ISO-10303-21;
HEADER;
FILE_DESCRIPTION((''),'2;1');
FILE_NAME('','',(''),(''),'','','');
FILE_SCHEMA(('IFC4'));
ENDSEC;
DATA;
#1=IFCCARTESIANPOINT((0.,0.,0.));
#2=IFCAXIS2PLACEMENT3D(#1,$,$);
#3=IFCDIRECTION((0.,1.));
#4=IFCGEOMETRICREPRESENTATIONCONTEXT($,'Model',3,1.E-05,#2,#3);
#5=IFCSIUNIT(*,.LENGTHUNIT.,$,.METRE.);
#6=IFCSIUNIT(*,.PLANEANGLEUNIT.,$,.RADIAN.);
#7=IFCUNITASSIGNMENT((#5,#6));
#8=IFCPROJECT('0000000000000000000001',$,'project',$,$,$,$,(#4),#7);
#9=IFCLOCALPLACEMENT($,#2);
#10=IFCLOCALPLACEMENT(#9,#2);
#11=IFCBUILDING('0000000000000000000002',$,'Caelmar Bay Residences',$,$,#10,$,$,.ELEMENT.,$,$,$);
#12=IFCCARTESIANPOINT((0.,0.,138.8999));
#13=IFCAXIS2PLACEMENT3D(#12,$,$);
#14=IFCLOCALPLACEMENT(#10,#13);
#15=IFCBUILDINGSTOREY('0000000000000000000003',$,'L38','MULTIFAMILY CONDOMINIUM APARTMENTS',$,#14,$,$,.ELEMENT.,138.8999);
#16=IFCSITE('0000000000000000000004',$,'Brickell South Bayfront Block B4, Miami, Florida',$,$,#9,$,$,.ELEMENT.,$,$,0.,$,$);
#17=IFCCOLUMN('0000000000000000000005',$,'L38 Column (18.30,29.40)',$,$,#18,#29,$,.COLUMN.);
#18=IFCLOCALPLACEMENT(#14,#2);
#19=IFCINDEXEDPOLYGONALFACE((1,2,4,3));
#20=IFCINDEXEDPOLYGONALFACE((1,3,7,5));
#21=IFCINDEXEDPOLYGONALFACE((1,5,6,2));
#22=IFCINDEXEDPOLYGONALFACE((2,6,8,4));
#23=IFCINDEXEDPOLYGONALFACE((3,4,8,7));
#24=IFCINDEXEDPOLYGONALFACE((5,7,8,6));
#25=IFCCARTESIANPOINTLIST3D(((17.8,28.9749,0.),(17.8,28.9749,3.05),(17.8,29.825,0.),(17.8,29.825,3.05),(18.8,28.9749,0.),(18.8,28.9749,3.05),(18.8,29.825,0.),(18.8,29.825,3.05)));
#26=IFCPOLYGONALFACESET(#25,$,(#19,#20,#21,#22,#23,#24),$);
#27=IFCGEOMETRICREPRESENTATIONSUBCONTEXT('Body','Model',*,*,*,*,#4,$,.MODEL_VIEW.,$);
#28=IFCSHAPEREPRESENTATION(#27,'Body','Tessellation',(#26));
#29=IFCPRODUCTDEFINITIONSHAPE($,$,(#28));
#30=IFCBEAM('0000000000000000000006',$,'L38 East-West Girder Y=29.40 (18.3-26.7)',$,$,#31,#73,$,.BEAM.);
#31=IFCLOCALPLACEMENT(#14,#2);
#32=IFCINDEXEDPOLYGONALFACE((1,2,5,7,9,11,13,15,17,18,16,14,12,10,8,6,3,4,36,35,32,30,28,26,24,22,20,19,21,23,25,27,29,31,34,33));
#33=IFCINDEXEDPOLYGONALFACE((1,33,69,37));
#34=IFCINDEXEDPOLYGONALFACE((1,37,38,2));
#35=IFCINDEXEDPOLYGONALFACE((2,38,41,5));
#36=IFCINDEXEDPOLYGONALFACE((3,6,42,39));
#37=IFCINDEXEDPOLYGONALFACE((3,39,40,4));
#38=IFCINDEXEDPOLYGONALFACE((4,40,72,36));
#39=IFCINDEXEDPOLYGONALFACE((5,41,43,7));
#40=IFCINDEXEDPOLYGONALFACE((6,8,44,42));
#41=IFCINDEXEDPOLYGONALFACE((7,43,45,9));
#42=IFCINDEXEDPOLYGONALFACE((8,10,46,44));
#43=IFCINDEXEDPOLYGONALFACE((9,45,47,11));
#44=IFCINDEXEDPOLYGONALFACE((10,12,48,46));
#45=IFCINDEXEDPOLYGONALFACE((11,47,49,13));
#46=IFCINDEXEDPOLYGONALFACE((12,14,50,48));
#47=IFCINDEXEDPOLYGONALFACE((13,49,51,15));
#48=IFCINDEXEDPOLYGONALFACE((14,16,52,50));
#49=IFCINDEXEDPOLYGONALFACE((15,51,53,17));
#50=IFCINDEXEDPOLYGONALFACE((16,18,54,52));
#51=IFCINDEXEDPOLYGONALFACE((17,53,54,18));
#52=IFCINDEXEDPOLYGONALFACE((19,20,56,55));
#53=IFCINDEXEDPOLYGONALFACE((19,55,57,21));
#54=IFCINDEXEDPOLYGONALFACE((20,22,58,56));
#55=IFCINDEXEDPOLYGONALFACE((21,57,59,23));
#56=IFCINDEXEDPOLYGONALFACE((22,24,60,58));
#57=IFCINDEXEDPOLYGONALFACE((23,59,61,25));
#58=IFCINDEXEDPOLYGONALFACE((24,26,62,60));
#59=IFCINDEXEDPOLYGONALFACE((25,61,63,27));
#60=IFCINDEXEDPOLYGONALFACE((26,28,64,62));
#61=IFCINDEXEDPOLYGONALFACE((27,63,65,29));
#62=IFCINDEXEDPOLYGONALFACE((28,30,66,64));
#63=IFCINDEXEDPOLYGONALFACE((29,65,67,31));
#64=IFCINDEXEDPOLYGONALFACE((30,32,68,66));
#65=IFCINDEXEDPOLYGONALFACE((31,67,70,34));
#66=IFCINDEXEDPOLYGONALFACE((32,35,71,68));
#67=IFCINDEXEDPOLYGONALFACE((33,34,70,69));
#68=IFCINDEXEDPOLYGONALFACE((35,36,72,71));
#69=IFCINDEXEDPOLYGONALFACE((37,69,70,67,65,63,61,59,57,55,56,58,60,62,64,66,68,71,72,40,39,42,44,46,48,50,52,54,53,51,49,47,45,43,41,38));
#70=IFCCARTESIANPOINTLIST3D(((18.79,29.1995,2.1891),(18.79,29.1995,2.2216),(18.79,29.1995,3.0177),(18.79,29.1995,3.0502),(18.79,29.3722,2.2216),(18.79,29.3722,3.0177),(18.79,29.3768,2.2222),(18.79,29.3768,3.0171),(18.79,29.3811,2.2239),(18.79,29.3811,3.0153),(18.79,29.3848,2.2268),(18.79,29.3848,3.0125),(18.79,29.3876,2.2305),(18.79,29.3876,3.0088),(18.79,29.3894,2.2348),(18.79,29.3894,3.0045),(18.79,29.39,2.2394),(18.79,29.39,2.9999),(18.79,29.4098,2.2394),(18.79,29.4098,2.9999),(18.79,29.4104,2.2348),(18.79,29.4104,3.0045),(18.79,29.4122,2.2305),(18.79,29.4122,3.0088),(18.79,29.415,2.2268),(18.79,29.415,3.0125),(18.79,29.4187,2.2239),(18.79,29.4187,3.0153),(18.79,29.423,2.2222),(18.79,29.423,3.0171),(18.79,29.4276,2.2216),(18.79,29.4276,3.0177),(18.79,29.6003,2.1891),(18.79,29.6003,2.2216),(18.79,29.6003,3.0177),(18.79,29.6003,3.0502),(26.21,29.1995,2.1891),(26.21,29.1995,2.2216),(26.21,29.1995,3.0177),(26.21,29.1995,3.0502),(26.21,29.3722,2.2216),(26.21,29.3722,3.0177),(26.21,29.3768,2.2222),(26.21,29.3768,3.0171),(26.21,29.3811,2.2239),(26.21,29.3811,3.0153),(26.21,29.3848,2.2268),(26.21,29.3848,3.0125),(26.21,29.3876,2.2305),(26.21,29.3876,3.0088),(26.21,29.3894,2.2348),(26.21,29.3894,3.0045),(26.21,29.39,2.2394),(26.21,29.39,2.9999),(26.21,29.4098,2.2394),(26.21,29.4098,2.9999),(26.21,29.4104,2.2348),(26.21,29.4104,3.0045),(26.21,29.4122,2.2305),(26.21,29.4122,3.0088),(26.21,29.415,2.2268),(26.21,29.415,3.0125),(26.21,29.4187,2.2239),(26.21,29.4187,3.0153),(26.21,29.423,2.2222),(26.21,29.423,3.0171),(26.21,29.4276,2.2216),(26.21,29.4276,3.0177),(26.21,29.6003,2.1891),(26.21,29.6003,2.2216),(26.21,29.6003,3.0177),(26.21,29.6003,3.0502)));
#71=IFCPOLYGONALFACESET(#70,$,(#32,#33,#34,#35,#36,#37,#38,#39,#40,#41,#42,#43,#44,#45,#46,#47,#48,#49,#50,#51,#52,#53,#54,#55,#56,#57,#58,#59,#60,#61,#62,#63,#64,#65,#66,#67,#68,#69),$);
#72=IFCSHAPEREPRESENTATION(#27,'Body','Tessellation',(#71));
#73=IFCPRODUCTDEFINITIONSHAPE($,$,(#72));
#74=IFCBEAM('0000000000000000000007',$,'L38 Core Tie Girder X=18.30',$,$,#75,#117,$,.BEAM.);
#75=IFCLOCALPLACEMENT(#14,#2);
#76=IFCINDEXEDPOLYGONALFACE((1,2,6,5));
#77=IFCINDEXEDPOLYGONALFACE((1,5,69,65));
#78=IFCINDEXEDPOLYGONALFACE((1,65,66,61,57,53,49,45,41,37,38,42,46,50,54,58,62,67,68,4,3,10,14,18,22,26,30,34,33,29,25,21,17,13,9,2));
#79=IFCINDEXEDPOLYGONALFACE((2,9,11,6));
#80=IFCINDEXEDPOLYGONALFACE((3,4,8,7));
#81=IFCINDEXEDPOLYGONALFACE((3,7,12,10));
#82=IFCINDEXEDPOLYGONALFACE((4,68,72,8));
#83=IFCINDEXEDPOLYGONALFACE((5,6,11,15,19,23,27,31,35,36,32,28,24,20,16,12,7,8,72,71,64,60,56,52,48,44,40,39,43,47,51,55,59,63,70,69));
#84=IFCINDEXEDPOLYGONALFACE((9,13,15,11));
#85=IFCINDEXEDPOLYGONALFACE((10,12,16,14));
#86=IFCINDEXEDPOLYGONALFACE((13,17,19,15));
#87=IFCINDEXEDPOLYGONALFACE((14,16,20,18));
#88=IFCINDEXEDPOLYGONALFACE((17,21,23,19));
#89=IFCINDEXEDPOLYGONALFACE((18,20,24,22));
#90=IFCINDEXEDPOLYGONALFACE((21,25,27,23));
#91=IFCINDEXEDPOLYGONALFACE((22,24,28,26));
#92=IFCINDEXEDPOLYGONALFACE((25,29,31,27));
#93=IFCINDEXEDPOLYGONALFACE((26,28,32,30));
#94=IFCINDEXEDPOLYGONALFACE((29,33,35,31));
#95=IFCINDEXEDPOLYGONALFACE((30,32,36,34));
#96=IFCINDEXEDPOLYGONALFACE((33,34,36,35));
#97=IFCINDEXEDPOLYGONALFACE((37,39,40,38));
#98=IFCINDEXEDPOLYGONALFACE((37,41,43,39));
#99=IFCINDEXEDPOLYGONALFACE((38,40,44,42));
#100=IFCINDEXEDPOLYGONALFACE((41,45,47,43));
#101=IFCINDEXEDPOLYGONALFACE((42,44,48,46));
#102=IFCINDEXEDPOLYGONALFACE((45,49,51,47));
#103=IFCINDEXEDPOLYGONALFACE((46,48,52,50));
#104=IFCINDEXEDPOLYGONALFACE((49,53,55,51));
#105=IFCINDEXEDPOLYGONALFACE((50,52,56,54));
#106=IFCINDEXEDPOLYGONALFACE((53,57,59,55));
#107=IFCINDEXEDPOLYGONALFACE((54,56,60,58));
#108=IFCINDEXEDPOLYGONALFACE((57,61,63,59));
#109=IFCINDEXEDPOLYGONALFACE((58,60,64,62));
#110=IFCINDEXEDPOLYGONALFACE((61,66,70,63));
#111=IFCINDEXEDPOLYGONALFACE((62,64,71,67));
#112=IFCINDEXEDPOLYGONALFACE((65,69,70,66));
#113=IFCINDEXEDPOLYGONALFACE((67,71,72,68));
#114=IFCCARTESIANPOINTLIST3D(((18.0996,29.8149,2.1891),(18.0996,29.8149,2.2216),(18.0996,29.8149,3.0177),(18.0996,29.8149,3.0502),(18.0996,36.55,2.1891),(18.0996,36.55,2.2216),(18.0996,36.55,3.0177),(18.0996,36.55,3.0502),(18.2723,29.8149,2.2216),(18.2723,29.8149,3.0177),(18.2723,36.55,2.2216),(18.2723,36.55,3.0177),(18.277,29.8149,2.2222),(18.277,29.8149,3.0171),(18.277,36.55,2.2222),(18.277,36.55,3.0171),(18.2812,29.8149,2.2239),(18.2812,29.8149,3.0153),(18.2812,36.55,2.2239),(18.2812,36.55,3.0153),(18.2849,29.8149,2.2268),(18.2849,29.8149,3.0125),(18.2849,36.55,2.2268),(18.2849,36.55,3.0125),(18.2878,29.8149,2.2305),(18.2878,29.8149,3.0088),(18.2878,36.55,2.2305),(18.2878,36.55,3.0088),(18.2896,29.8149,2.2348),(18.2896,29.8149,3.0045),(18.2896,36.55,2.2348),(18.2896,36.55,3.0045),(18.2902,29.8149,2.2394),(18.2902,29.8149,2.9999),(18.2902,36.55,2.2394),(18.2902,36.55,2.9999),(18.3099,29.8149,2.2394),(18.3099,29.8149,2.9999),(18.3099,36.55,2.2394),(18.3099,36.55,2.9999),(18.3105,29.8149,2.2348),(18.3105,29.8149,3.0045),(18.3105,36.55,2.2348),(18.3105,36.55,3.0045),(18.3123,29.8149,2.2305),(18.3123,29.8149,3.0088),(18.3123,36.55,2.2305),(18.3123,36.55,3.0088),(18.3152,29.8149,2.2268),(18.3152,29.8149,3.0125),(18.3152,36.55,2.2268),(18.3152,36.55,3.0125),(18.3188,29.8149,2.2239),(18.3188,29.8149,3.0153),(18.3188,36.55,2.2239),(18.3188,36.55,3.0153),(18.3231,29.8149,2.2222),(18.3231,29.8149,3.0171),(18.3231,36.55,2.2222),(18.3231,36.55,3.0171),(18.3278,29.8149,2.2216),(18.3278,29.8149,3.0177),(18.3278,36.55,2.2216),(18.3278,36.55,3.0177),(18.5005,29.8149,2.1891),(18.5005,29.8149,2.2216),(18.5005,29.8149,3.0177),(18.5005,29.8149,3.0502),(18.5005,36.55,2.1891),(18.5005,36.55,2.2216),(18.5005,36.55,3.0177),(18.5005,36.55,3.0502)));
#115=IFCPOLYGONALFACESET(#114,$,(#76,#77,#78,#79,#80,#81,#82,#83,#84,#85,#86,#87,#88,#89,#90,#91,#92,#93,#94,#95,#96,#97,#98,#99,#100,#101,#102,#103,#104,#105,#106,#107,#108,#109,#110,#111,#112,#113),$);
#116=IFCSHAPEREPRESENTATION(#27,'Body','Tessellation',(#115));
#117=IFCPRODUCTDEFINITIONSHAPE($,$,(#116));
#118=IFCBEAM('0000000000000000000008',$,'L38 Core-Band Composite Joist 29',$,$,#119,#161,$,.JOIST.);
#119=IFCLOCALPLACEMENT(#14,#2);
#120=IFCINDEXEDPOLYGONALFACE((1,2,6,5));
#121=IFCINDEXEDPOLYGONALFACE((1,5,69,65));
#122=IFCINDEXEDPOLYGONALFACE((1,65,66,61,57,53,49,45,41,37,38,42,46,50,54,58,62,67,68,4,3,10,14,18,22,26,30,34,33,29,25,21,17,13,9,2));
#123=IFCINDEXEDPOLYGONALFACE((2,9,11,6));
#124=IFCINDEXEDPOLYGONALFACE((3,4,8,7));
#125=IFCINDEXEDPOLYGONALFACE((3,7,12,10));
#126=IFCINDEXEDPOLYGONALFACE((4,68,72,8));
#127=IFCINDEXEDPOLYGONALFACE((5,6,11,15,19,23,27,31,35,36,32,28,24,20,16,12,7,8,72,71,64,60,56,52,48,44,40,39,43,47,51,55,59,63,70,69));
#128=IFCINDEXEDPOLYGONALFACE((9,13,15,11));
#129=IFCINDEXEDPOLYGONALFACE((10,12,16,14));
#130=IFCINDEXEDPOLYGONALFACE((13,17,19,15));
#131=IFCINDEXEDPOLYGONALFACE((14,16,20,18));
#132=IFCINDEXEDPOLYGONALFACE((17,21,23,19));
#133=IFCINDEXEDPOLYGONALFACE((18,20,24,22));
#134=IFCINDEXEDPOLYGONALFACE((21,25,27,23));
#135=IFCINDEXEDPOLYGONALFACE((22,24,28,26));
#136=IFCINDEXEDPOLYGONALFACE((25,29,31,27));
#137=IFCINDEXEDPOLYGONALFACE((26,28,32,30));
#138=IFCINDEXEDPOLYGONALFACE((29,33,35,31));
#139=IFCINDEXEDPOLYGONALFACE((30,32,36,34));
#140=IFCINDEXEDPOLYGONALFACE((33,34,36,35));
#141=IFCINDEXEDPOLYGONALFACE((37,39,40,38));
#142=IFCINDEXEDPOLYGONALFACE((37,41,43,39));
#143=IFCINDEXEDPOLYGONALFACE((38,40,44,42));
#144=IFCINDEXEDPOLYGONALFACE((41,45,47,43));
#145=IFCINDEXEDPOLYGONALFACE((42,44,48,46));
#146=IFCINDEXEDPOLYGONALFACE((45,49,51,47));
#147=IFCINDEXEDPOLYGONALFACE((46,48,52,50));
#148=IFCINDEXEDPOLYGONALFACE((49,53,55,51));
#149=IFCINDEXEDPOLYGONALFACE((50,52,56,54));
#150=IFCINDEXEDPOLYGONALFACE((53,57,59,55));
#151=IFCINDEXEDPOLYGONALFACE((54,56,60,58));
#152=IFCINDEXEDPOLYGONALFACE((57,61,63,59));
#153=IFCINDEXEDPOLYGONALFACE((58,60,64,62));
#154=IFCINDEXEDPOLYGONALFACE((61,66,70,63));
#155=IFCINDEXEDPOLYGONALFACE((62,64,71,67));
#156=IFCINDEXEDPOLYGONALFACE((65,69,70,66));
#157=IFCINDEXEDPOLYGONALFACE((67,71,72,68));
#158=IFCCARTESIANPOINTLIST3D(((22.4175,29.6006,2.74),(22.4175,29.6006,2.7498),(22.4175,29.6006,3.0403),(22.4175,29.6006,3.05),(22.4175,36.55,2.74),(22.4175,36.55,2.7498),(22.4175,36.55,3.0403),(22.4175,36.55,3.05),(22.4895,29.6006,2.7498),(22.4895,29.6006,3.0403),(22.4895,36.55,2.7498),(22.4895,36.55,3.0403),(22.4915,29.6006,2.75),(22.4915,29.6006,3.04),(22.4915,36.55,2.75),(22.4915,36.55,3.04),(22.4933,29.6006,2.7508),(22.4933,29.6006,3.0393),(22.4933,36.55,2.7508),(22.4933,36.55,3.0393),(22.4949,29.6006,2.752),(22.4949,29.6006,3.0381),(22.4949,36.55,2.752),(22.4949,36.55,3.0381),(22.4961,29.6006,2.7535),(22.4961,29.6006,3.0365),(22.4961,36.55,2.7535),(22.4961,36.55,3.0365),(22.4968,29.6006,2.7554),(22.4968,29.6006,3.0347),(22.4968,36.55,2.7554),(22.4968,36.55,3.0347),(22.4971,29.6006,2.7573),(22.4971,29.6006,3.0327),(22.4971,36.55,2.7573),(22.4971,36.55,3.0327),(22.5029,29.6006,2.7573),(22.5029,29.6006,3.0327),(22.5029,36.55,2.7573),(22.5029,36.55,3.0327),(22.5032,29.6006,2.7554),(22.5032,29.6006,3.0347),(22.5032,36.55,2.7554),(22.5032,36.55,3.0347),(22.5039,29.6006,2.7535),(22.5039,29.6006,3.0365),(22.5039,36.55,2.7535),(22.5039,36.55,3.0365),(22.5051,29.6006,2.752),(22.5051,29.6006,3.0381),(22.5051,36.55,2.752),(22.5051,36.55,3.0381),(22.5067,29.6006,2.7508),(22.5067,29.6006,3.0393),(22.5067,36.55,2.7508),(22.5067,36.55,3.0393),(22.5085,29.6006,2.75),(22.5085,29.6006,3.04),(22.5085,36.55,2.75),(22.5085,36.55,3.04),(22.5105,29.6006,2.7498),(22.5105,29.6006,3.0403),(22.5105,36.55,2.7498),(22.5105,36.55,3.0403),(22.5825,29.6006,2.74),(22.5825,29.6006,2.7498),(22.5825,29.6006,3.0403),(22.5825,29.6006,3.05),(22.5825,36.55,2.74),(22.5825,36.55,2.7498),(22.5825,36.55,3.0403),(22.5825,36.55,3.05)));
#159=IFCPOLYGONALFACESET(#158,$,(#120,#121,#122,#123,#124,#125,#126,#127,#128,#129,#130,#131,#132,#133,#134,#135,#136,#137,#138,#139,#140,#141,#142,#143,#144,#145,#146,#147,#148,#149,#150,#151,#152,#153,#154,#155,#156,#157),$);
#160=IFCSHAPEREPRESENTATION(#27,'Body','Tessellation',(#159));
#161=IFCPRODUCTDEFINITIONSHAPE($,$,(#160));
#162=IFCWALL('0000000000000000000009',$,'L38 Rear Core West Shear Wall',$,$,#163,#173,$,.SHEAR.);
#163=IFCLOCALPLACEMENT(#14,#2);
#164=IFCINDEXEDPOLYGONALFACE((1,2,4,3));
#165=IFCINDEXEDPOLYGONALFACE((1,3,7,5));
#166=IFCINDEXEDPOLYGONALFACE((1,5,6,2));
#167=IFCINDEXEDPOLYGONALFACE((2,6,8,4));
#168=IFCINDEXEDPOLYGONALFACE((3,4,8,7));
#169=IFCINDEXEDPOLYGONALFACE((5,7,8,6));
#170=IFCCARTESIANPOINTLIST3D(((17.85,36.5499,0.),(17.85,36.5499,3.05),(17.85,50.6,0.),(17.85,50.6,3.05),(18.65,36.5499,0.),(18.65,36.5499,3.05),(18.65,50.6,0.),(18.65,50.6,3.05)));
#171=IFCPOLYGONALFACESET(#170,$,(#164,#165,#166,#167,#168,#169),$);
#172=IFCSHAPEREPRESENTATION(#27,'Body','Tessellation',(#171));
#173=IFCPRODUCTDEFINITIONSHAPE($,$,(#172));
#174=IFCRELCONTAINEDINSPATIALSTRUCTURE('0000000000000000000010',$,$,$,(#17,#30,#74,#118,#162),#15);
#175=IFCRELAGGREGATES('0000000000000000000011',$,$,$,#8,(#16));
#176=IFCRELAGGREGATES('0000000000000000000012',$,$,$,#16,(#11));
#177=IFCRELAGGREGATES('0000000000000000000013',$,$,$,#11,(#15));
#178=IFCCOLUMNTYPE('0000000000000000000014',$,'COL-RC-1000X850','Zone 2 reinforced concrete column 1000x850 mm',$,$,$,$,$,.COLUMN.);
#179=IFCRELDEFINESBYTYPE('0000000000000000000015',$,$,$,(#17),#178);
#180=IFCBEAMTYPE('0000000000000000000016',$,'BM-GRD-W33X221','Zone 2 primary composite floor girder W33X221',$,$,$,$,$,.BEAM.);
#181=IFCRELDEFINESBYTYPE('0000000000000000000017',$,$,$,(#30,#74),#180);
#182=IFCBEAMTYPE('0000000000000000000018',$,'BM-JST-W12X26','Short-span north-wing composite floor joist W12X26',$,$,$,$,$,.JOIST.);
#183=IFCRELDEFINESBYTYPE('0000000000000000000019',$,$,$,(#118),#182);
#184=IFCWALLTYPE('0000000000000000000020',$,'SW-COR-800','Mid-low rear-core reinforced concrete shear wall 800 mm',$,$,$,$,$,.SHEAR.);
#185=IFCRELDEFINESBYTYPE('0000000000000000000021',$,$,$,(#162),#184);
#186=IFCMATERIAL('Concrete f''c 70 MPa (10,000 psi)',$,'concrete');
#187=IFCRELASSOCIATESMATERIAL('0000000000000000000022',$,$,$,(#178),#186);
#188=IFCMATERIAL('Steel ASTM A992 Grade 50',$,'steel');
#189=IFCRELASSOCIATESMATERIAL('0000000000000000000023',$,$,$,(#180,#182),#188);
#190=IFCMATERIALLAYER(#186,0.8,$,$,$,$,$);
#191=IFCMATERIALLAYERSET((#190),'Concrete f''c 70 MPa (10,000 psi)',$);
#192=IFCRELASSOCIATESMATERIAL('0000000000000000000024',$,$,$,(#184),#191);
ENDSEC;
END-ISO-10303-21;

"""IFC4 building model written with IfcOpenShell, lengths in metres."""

from ifc_helpers import new_model, si_unit, direction, frame, frame_2d, origin, origin_2d, place, context, subcontext, project, spatial, rectangle, i_section, extrude, material, layer, layer_set, material_profile, profile_set, type_object, element, save


model = new_model("IFC4")

# Units and contexts
model_context = context("Model", 3, precision=1e-05, world=origin(), true_north=direction((0.0, 1.0)))
body_context = subcontext(model_context, "Body", "Model", "MODEL_VIEW")
ifc_project = project(units=[si_unit("LENGTHUNIT", "METRE"), si_unit("PLANEANGLEUNIT", "RADIAN")], contexts=[model_context])

# Site, building, storey
site_placement = place(None, origin())
site = spatial("IfcSite", under=ifc_project, at=site_placement, Name="Brickell South Bayfront Block B4, Miami, Florida", CompositionType="ELEMENT", RefElevation=0.0)
building_placement = place(site_placement, origin())
building = spatial("IfcBuilding", under=site, at=building_placement, Name="Caelmar Bay Residences", CompositionType="ELEMENT")
storey_placement = place(building_placement, frame((0.0, 0.0, 138.8999)))
storey = spatial("IfcBuildingStorey", under=building, at=storey_placement, Name="L38", Description="MULTIFAMILY CONDOMINIUM APARTMENTS", CompositionType="ELEMENT", Elevation=138.8999)

# Column
ifc_material_1 = material(Name="Concrete f'c 70 MPa (10,000 psi)", Category="concrete")
ifc_material_profile_1 = material_profile(ifc_material_1, rectangle(XDim=1.0, YDim=0.8501, at=origin_2d()), Name="RC-COL-1000X850")
ifc_profile_set_1 = profile_set([ifc_material_profile_1], Name="Concrete f'c 70 MPa (10,000 psi)")
column_type = type_object("IfcColumnType", Name="COL-RC-1000X850", Description="Zone 2 reinforced concrete column 1000x850 mm", PredefinedType="COLUMN", material=ifc_profile_set_1)
column_placement = place(storey_placement, frame((18.3, 29.3999, 0.0), z_axis=(0.0, 0.0, 1.0), x_axis=(1.0, 0.0, 0.0)))
element("IfcColumn", 1, at=column_placement, inside=storey, type_object=column_type, Name="L38 Column (18.30,29.40)", PredefinedType="COLUMN", context=body_context, shape_type="SweptSolid", body=[
    extrude(rectangle(XDim=1.0, YDim=0.8501, at=origin_2d()), origin(), (0.0, 0.0, 1.0), 3.05),
])

# Beams
ifc_material_2 = material(Name="Steel ASTM A992 Grade 50", Category="steel")
ifc_material_profile_2 = material_profile(ifc_material_2, i_section(OverallWidth=0.4009, OverallDepth=0.8611, WebThickness=0.0198, FlangeThickness=0.0325, FilletRadius=0.0178, at=origin_2d()), Name="W33X221")
ifc_profile_set_2 = profile_set([ifc_material_profile_2], Name="Steel ASTM A992 Grade 50")
beam_type_1 = type_object("IfcBeamType", Name="BM-GRD-W33X221", Description="Zone 2 primary composite floor girder W33X221", PredefinedType="BEAM", material=ifc_profile_set_2)
beam_1_placement = place(storey_placement, frame((18.79, 29.3999, 2.6196), z_axis=(1.0, 0.0, 0.0), x_axis=(0.0, 1.0, 0.0)))
element("IfcBeam", 2, at=beam_1_placement, inside=storey, type_object=beam_type_1, Name="L38 East-West Girder Y=29.40 (18.3-26.7)", PredefinedType="BEAM", context=body_context, shape_type="SweptSolid", body=[
    extrude(i_section(OverallWidth=0.4009, OverallDepth=0.8611, WebThickness=0.0198, FlangeThickness=0.0325, FilletRadius=0.0178, at=origin_2d()), origin(), (0.0, 0.0, 1.0), 7.4199),
])
beam_2_placement = place(storey_placement, frame((18.3, 29.8149, 2.6196), z_axis=(0.0, 1.0, 0.0), x_axis=(-1.0, 0.0, 0.0)))
element("IfcBeam", 3, at=beam_2_placement, inside=storey, type_object=beam_type_1, Name="L38 Core Tie Girder X=18.30", PredefinedType="BEAM", context=body_context, shape_type="SweptSolid", body=[
    extrude(i_section(OverallWidth=0.4009, OverallDepth=0.8611, WebThickness=0.0198, FlangeThickness=0.0325, FilletRadius=0.0178, at=origin_2d()), origin(), (0.0, 0.0, 1.0), 6.7351),
])
ifc_material_profile_3 = material_profile(ifc_material_2, i_section(OverallWidth=0.165, OverallDepth=0.3101, WebThickness=0.0059, FlangeThickness=0.0098, FilletRadius=0.0076, at=origin_2d()), Name="W12X26")
ifc_profile_set_3 = profile_set([ifc_material_profile_3], Name="Steel ASTM A992 Grade 50")
beam_type_2 = type_object("IfcBeamType", Name="BM-JST-W12X26", Description="Short-span north-wing composite floor joist W12X26", PredefinedType="JOIST", material=ifc_profile_set_3)
beam_3_placement = place(storey_placement, frame((22.5, 29.6006, 2.895), z_axis=(0.0, 1.0, 0.0), x_axis=(-1.0, 0.0, 0.0)))
element("IfcBeam", 4, at=beam_3_placement, inside=storey, type_object=beam_type_2, Name="L38 Core-Band Composite Joist 29", PredefinedType="JOIST", context=body_context, shape_type="SweptSolid", body=[
    extrude(i_section(OverallWidth=0.165, OverallDepth=0.3101, WebThickness=0.0059, FlangeThickness=0.0098, FilletRadius=0.0076, at=origin_2d()), origin(), (0.0, 0.0, 1.0), 6.9495),
])

# Shared definitions
ifc_layer_1 = layer(ifc_material_1, 0.8)
ifc_layer_set_1 = layer_set([ifc_layer_1], Name="Concrete f'c 70 MPa (10,000 psi)")
wall_type_1 = type_object("IfcWallType", Name="SW-COR-800", Description="Mid-low rear-core reinforced concrete shear wall 800 mm", PredefinedType="SHEAR", material=ifc_layer_set_1)

# Wall
wall_1_placement = place(storey_placement, frame((18.25, 36.55, 0.0), z_axis=(0.0, 0.0, 1.0), x_axis=(0.0, 1.0, 0.0)))
element("IfcWall", 5, at=wall_1_placement, inside=storey, type_object=wall_type_1, Name="L38 Rear Core West Shear Wall", PredefinedType="SHEAR", context=body_context, shape_type="SweptSolid", body=[
    extrude(rectangle(XDim=14.05, YDim=0.8, at=frame_2d((7.0249, 0.0))), origin(), (0.0, 0.0, 1.0), 3.05),
])

save(model, "model.ifc")
